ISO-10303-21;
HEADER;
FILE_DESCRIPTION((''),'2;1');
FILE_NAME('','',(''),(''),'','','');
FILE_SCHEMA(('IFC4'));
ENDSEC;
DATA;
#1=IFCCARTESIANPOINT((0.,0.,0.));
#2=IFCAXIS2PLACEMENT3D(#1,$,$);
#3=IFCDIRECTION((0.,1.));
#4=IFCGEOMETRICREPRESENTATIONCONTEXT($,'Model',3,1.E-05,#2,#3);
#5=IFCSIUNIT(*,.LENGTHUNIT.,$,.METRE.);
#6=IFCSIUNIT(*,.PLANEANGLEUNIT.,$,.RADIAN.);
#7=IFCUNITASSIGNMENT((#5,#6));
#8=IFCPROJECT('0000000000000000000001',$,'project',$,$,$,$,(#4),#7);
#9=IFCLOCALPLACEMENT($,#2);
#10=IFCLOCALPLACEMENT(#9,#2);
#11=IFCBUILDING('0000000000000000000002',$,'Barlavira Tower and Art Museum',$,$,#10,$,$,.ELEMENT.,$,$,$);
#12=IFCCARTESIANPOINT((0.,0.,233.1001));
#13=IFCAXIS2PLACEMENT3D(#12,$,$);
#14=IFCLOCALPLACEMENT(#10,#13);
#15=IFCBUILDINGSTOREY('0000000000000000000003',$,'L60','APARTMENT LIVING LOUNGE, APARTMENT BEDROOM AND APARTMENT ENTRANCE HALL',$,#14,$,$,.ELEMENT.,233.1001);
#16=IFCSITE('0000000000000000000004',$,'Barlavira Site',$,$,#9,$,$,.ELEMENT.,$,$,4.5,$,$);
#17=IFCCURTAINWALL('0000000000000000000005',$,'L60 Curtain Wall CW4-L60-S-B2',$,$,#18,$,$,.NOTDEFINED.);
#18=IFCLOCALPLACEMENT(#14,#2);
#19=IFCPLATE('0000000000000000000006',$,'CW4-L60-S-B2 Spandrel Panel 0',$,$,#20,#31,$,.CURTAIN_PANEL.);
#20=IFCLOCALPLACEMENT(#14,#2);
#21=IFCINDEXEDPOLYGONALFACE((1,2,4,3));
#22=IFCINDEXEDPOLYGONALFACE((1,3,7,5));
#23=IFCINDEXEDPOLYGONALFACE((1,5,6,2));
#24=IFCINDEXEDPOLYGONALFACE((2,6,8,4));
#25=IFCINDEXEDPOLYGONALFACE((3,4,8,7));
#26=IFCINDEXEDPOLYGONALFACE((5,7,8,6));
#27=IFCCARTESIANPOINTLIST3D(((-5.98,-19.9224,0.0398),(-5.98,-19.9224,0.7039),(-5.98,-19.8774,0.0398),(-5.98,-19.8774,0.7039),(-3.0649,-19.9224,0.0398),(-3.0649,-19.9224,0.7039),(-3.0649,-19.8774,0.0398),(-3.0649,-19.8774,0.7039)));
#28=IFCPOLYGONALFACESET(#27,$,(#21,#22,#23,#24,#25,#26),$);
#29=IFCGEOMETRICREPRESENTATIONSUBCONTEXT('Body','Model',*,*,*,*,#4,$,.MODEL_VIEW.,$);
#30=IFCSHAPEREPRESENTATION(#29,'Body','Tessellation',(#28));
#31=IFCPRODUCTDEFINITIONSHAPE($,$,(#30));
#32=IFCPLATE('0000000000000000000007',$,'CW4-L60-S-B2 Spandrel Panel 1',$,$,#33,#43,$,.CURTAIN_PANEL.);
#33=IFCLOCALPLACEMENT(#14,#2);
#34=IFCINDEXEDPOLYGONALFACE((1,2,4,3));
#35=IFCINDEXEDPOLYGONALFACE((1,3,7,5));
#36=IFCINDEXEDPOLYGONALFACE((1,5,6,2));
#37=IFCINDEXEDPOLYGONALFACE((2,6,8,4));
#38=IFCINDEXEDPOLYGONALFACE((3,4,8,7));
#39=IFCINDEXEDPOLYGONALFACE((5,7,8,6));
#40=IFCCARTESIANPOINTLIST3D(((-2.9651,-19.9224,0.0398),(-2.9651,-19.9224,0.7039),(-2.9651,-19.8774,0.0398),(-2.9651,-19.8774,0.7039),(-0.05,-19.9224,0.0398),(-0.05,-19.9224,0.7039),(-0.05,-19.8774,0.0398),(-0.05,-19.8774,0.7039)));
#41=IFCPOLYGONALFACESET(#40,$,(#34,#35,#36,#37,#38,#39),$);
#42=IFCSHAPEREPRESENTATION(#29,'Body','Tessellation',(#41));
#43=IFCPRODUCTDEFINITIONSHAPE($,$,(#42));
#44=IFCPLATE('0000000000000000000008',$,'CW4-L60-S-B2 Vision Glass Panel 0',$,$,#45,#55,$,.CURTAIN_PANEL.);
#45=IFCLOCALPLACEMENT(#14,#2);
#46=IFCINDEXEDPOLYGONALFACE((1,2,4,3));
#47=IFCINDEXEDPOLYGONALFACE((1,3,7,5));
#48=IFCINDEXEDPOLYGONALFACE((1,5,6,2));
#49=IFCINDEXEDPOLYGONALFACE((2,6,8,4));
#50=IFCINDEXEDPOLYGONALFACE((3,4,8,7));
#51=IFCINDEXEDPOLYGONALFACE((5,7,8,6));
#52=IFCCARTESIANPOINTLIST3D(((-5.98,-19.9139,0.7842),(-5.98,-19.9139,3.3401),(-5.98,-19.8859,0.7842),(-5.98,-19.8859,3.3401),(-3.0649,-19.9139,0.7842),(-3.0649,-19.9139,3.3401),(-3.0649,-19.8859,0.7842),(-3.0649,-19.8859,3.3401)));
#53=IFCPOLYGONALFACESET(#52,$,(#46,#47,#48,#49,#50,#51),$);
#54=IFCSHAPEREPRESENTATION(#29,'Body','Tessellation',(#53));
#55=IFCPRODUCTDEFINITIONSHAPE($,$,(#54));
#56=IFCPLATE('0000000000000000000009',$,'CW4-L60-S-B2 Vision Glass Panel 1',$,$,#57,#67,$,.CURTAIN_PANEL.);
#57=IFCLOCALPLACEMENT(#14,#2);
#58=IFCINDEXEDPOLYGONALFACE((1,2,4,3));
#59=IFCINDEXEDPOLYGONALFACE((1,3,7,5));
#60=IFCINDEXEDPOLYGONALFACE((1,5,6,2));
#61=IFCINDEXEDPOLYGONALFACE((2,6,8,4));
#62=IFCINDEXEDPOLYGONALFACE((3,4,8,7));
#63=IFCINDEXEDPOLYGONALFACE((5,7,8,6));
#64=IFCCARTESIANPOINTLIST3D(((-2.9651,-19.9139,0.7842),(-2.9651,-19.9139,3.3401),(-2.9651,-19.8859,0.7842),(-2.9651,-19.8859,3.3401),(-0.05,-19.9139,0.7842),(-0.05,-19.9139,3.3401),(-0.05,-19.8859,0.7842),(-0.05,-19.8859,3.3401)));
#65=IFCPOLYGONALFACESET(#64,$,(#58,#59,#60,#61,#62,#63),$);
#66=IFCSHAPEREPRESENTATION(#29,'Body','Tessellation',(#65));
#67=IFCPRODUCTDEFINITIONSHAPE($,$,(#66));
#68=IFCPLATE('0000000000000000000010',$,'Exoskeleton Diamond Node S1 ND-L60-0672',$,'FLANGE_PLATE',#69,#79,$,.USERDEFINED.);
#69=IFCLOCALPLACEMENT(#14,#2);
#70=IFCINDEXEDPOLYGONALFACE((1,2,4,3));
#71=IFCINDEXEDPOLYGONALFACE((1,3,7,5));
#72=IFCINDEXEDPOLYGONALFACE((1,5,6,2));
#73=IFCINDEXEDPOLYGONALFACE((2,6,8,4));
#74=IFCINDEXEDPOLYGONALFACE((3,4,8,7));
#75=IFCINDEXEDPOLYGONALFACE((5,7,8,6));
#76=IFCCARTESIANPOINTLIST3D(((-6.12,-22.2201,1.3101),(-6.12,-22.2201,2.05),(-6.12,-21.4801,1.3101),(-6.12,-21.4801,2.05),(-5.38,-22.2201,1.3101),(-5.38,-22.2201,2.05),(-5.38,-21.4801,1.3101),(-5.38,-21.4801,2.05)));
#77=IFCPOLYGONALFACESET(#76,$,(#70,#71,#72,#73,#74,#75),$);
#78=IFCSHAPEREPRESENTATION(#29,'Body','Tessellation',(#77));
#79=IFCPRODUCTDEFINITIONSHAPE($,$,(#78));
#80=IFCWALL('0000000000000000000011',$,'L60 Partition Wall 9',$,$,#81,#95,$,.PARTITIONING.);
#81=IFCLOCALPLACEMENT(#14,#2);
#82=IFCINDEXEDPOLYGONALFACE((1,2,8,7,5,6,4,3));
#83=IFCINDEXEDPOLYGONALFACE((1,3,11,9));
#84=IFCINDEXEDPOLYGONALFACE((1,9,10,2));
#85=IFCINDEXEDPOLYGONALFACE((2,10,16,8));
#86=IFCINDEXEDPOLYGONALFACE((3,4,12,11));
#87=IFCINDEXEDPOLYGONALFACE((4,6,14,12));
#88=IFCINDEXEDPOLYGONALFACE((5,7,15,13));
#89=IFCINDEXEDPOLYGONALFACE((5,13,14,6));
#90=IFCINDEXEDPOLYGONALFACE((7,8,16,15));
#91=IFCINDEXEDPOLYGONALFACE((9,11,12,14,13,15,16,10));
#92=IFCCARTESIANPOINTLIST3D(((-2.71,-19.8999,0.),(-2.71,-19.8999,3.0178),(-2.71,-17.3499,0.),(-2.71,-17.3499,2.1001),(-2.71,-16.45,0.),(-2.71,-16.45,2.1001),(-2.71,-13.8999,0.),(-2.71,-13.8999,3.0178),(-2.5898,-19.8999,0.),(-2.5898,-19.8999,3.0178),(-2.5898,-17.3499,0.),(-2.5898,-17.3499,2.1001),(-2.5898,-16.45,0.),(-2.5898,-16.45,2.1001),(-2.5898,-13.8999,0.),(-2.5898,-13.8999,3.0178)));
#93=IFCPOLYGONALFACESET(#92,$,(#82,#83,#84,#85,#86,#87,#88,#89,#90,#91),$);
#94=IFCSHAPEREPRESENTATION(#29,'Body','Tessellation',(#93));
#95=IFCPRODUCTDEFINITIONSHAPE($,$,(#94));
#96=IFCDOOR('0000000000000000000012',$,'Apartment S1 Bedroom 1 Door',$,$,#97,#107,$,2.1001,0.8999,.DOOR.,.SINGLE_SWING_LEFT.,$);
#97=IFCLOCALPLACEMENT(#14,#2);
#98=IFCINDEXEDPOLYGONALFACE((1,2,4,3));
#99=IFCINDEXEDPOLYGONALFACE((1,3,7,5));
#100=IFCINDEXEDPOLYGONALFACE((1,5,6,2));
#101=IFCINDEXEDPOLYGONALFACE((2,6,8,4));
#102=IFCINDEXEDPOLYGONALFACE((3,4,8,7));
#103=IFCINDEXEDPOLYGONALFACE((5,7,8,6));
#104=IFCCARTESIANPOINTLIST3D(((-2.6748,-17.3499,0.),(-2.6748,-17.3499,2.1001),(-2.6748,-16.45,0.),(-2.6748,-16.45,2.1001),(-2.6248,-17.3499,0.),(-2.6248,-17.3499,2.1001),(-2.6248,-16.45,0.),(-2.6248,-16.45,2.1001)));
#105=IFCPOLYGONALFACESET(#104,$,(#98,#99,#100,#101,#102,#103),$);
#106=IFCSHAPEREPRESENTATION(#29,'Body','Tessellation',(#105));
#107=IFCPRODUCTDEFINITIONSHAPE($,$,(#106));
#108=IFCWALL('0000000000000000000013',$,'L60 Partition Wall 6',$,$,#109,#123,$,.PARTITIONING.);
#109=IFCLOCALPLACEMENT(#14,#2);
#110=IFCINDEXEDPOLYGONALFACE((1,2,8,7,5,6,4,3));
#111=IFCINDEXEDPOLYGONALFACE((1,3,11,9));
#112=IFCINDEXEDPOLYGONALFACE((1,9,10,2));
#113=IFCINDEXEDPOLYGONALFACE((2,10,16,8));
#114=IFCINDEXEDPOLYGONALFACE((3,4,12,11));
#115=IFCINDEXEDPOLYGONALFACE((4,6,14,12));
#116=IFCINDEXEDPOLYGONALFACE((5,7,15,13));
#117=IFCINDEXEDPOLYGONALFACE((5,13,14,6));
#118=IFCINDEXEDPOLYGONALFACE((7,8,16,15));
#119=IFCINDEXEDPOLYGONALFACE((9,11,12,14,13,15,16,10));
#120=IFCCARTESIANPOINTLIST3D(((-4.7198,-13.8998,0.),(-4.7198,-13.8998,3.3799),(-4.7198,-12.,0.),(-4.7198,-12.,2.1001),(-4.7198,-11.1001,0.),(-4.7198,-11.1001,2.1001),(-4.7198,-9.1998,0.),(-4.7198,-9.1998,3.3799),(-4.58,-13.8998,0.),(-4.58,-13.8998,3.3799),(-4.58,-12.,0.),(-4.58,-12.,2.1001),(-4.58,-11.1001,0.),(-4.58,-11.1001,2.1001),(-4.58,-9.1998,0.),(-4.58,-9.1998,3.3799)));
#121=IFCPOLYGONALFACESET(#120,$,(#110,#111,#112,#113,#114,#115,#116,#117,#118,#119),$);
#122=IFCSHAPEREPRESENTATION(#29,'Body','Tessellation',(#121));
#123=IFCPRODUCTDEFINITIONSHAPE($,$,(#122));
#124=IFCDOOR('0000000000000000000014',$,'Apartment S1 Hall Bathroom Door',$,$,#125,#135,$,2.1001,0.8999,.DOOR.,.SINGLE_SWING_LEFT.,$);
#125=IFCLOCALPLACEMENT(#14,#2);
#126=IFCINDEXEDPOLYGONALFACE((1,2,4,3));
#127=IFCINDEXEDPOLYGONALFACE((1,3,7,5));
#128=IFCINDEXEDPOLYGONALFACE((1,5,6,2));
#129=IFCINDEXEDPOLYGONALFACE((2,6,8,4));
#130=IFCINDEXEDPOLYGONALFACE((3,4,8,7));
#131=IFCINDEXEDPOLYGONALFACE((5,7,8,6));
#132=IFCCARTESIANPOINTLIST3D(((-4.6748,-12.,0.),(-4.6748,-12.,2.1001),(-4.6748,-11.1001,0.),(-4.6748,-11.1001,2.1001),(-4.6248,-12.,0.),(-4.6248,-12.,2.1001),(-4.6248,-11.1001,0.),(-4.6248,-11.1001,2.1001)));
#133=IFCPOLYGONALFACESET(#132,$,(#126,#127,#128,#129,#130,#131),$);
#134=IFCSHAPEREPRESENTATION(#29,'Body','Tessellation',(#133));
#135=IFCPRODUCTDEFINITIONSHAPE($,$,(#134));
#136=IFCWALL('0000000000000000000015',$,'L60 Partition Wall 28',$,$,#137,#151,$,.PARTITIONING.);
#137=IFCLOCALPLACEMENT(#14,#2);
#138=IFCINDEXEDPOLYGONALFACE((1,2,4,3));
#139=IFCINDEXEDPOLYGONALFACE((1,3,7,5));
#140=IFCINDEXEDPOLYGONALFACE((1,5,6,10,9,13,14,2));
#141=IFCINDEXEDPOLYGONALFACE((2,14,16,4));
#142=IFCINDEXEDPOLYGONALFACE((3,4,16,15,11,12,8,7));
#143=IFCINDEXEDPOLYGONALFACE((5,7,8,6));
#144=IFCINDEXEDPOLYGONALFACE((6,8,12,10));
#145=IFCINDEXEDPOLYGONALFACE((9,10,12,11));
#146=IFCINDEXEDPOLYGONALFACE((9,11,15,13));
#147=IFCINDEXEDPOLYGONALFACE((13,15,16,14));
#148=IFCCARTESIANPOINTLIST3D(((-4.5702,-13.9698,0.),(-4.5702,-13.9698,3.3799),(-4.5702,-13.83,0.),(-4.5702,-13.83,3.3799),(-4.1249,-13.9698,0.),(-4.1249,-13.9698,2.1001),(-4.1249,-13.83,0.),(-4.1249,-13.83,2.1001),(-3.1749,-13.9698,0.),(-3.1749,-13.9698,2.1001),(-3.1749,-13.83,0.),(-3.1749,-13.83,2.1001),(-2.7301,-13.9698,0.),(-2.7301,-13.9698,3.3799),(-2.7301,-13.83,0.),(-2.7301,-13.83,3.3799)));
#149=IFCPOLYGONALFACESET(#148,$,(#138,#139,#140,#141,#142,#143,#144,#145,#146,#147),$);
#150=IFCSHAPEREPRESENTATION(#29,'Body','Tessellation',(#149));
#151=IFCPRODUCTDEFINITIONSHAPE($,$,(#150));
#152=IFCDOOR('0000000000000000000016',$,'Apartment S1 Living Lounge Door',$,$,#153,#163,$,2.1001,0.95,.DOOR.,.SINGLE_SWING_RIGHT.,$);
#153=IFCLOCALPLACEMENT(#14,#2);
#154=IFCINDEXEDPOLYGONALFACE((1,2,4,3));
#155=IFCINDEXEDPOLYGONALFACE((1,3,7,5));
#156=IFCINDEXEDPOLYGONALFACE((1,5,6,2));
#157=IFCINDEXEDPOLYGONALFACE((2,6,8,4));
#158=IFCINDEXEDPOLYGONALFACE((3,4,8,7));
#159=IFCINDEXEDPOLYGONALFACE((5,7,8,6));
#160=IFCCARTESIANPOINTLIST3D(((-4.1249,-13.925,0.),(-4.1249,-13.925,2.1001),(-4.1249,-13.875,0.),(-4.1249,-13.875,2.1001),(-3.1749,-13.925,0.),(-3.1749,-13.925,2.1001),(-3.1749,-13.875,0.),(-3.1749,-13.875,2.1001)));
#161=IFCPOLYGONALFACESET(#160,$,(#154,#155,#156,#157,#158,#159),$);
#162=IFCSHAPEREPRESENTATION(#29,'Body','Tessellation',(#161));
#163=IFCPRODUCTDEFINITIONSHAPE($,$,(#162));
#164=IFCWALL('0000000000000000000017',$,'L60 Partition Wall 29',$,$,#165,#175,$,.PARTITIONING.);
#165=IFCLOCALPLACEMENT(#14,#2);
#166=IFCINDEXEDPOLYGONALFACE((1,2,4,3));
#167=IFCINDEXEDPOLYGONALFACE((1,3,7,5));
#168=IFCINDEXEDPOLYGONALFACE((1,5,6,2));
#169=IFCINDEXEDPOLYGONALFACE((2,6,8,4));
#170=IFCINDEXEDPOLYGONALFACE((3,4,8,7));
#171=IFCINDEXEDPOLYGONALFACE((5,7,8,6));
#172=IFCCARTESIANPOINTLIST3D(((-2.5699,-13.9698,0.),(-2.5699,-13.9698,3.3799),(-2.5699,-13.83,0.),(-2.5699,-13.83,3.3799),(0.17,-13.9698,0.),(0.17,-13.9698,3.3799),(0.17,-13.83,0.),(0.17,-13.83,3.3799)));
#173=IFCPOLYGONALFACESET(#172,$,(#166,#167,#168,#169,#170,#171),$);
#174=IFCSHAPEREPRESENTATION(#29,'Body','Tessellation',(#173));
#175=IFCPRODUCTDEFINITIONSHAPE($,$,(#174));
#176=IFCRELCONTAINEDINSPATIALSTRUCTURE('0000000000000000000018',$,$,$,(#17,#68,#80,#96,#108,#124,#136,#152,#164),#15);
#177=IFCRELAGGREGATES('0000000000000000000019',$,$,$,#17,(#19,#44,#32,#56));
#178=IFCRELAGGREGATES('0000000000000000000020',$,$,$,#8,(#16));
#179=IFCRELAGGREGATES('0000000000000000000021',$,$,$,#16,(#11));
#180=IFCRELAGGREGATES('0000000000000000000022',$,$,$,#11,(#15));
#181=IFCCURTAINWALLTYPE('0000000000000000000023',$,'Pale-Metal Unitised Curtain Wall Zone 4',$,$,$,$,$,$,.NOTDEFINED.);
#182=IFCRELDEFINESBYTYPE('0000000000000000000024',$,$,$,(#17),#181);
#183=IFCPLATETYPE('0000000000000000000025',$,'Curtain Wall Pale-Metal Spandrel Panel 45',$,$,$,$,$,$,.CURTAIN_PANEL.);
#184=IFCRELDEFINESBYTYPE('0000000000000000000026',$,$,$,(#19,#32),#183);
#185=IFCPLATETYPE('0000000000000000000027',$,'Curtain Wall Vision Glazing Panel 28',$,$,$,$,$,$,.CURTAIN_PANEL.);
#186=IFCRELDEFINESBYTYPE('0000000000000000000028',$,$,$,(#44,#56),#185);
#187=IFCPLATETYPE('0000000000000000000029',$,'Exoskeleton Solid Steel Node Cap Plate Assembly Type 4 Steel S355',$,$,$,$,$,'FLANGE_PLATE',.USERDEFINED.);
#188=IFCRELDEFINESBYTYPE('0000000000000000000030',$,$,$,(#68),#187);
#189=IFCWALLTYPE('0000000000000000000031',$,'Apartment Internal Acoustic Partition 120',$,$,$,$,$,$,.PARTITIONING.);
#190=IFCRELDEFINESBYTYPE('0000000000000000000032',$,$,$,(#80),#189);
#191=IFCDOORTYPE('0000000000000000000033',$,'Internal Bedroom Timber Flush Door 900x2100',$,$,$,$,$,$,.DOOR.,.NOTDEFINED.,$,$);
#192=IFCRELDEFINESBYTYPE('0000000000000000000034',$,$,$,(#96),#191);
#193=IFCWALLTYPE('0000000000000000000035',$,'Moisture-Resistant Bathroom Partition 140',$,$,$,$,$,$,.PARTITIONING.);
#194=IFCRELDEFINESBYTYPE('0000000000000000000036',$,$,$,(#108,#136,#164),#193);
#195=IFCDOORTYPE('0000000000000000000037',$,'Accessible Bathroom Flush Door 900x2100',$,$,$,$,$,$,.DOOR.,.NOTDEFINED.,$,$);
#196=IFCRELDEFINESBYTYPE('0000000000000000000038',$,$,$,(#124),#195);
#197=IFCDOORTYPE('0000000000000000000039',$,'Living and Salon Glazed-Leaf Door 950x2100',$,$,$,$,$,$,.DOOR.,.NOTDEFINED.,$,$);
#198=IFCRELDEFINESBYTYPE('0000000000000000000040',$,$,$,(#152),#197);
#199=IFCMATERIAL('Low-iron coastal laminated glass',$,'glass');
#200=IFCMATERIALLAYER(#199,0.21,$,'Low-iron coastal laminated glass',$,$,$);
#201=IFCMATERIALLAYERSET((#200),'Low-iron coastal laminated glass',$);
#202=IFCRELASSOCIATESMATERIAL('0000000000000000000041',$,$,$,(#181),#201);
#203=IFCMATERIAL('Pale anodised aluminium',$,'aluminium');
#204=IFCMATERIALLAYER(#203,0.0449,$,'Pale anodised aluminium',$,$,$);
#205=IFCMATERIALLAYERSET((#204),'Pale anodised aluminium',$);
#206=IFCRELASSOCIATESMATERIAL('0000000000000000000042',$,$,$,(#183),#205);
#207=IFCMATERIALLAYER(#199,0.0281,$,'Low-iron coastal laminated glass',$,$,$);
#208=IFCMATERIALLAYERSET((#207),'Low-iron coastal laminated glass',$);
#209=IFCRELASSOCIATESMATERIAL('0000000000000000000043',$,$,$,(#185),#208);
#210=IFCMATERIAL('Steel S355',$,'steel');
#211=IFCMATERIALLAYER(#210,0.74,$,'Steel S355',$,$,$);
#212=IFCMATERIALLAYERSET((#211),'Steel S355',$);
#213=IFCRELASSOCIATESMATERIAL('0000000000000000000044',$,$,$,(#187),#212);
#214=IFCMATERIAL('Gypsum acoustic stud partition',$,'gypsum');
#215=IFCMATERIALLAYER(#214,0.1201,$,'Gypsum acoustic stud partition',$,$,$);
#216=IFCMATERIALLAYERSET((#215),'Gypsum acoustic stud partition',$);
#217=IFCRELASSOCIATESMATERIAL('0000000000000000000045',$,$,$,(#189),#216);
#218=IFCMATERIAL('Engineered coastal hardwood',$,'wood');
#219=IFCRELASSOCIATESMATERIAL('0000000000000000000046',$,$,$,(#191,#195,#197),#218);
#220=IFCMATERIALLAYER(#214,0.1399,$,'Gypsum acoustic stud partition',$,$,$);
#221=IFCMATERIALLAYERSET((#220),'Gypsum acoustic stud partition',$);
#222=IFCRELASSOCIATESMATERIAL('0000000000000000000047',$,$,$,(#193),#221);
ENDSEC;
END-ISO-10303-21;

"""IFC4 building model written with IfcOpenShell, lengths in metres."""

from ifc_helpers import new_model, si_unit, direction, frame, frame_2d, origin, origin_2d, place, context, subcontext, project, spatial, rectangle, extrude, material, layer, layer_set, type_object, element, fill, aggregate, save


model = new_model("IFC4")

# Units and contexts
model_context = context("Model", 3, precision=1e-05, world=origin(), true_north=direction((0.0, 1.0)))
body_context = subcontext(model_context, "Body", "Model", "MODEL_VIEW")
ifc_project = project(units=[si_unit("LENGTHUNIT", "METRE"), si_unit("PLANEANGLEUNIT", "RADIAN")], contexts=[model_context])

# Site, building, storey
site_placement = place(None, origin())
site = spatial("IfcSite", under=ifc_project, at=site_placement, Name="Barlavira Site", CompositionType="ELEMENT", RefElevation=4.5)
building_placement = place(site_placement, origin())
building = spatial("IfcBuilding", under=site, at=building_placement, Name="Barlavira Tower and Art Museum", CompositionType="ELEMENT")
storey_placement = place(building_placement, frame((0.0, 0.0, 233.1001)))
storey = spatial("IfcBuildingStorey", under=building, at=storey_placement, Name="L60", Description="APARTMENT LIVING LOUNGE, APARTMENT BEDROOM AND APARTMENT ENTRANCE HALL", CompositionType="ELEMENT", Elevation=233.1001)

# Curtain wall, plates
ifc_material_1 = material(Name="Low-iron coastal laminated glass", Category="glass")
ifc_layer_1 = layer(ifc_material_1, 0.21, Name="Low-iron coastal laminated glass")
ifc_layer_set_1 = layer_set([ifc_layer_1], Name="Low-iron coastal laminated glass")
curtain_wall_type = type_object("IfcCurtainWallType", Name="Pale-Metal Unitised Curtain Wall Zone 4", PredefinedType="NOTDEFINED", material=ifc_layer_set_1)
curtain_wall_placement = place(storey_placement, origin())
curtain_wall = element("IfcCurtainWall", 1, at=curtain_wall_placement, inside=storey, type_object=curtain_wall_type, Name="L60 Curtain Wall CW4-L60-S-B2", PredefinedType="NOTDEFINED")
ifc_material_2 = material(Name="Pale anodised aluminium", Category="aluminium")
ifc_layer_2 = layer(ifc_material_2, 0.0449, Name="Pale anodised aluminium")
ifc_layer_set_2 = layer_set([ifc_layer_2], Name="Pale anodised aluminium")
plate_type_1 = type_object("IfcPlateType", Name="Curtain Wall Pale-Metal Spandrel Panel 45", PredefinedType="CURTAIN_PANEL", material=ifc_layer_set_2)
plate_1_placement = place(storey_placement, frame((-4.5225, -19.8999, 0.0398), z_axis=(0.0, 0.0, 1.0), x_axis=(1.0, 0.0, 0.0)))
plate_1 = element("IfcPlate", 2, at=plate_1_placement, type_object=plate_type_1, Name="CW4-L60-S-B2 Spandrel Panel 0", PredefinedType="CURTAIN_PANEL", context=body_context, shape_type="SweptSolid", body=[
    extrude(rectangle(XDim=2.915, YDim=0.0449, at=origin_2d()), origin(), (0.0, 0.0, 1.0), 0.6641),
])
plate_2_placement = place(storey_placement, frame((-1.5076, -19.8999, 0.0398), z_axis=(0.0, 0.0, 1.0), x_axis=(1.0, 0.0, 0.0)))
plate_2 = element("IfcPlate", 3, at=plate_2_placement, type_object=plate_type_1, Name="CW4-L60-S-B2 Spandrel Panel 1", PredefinedType="CURTAIN_PANEL", context=body_context, shape_type="SweptSolid", body=[
    extrude(rectangle(XDim=2.915, YDim=0.0449, at=origin_2d()), origin(), (0.0, 0.0, 1.0), 0.6641),
])
ifc_layer_3 = layer(ifc_material_1, 0.0281, Name="Low-iron coastal laminated glass")
ifc_layer_set_3 = layer_set([ifc_layer_3], Name="Low-iron coastal laminated glass")
plate_type_2 = type_object("IfcPlateType", Name="Curtain Wall Vision Glazing Panel 28", PredefinedType="CURTAIN_PANEL", material=ifc_layer_set_3)
plate_3_placement = place(storey_placement, frame((-4.5225, -19.8999, 0.7842), z_axis=(0.0, 0.0, 1.0), x_axis=(1.0, 0.0, 0.0)))
plate_3 = element("IfcPlate", 4, at=plate_3_placement, type_object=plate_type_2, Name="CW4-L60-S-B2 Vision Glass Panel 0", PredefinedType="CURTAIN_PANEL", context=body_context, shape_type="SweptSolid", body=[
    extrude(rectangle(XDim=2.915, YDim=0.0281, at=origin_2d()), origin(), (0.0, 0.0, 1.0), 2.5559),
])
plate_4_placement = place(storey_placement, frame((-1.5076, -19.8999, 0.7842), z_axis=(0.0, 0.0, 1.0), x_axis=(1.0, 0.0, 0.0)))
plate_4 = element("IfcPlate", 5, at=plate_4_placement, type_object=plate_type_2, Name="CW4-L60-S-B2 Vision Glass Panel 1", PredefinedType="CURTAIN_PANEL", context=body_context, shape_type="SweptSolid", body=[
    extrude(rectangle(XDim=2.915, YDim=0.0281, at=origin_2d()), origin(), (0.0, 0.0, 1.0), 2.5559),
])
aggregate(curtain_wall, [plate_1, plate_3, plate_2, plate_4])

# Plate
ifc_material_3 = material(Name="Steel S355", Category="steel")
ifc_layer_4 = layer(ifc_material_3, 0.74, Name="Steel S355")
ifc_layer_set_4 = layer_set([ifc_layer_4], Name="Steel S355")
plate_type_3 = type_object("IfcPlateType", Name="Exoskeleton Solid Steel Node Cap Plate Assembly Type 4 Steel S355", ElementType="FLANGE_PLATE", PredefinedType="USERDEFINED", material=ifc_layer_set_4)
plate_5_placement = place(storey_placement, frame((-5.75, -21.8501, 1.3101), z_axis=(0.0, 0.0, 1.0), x_axis=(1.0, 0.0, 0.0)))
element("IfcPlate", 6, at=plate_5_placement, inside=storey, type_object=plate_type_3, Name="Exoskeleton Diamond Node S1 ND-L60-0672", ObjectType="FLANGE_PLATE", PredefinedType="USERDEFINED", context=body_context, shape_type="SweptSolid", body=[
    extrude(rectangle(XDim=0.74, YDim=0.74, at=origin_2d()), origin(), (0.0, 0.0, 1.0), 0.74),
])

# Walls, openings, doors
ifc_material_4 = material(Name="Gypsum acoustic stud partition", Category="gypsum")
ifc_layer_5 = layer(ifc_material_4, 0.1201, Name="Gypsum acoustic stud partition")
ifc_layer_set_5 = layer_set([ifc_layer_5], Name="Gypsum acoustic stud partition")
wall_type_1 = type_object("IfcWallType", Name="Apartment Internal Acoustic Partition 120", PredefinedType="PARTITIONING", material=ifc_layer_set_5)
wall_1_placement = place(storey_placement, frame((-2.6499, -19.8999, 0.0), z_axis=(0.0, 0.0, 1.0), x_axis=(0.0, 1.0, 0.0)))
wall_1 = element("IfcWall", 7, at=wall_1_placement, inside=storey, type_object=wall_type_1, Name="L60 Partition Wall 9", PredefinedType="PARTITIONING", context=body_context, shape_type="SweptSolid", body=[
    extrude(rectangle(XDim=6.0, YDim=0.1201, at=frame_2d((3.0, 0.0))), origin(), (0.0, 0.0, 1.0), 3.0178),
])
opening_1_placement = place(wall_1_placement, frame((2.55, 0.0, 0.0)))
opening_1 = element("IfcOpeningElement", 8, at=opening_1_placement, cuts=wall_1, PredefinedType="OPENING", context=body_context, shape_type="SweptSolid", body=[
    extrude(rectangle(XDim=0.8999, YDim=2.1001, at=frame_2d((0.45, 1.05))), frame((0.0, 0.0701, 0.0), z_axis=(0.0, -1.0, 0.0), x_axis=(1.0, 0.0, 0.0)), (0.0, 0.0, 1.0), 0.1401),
])
ifc_material_5 = material(Name="Engineered coastal hardwood", Category="wood")
door_type_1 = type_object("IfcDoorType", Name="Internal Bedroom Timber Flush Door 900x2100", OperationType="NOTDEFINED", PredefinedType="DOOR", material=ifc_material_5)
door_1_placement = place(opening_1_placement, origin())
door_1 = element("IfcDoor", 9, at=door_1_placement, inside=storey, type_object=door_type_1, Name="Apartment S1 Bedroom 1 Door", OperationType="SINGLE_SWING_LEFT", OverallHeight=2.1001, OverallWidth=0.8999, PredefinedType="DOOR", context=body_context, shape_type="SweptSolid", body=[
    extrude(rectangle(XDim=0.8999, YDim=2.1001, at=frame_2d((0.45, 1.05))), frame((0.0, 0.0249, 0.0), z_axis=(0.0, -1.0, 0.0), x_axis=(1.0, 0.0, 0.0)), (0.0, 0.0, 1.0), 0.05),
])
fill(opening_1, door_1)
ifc_layer_6 = layer(ifc_material_4, 0.1399, Name="Gypsum acoustic stud partition")
ifc_layer_set_6 = layer_set([ifc_layer_6], Name="Gypsum acoustic stud partition")
wall_type_2 = type_object("IfcWallType", Name="Moisture-Resistant Bathroom Partition 140", PredefinedType="PARTITIONING", material=ifc_layer_set_6)
wall_2_placement = place(storey_placement, frame((-4.6499, -13.8999, 0.0), z_axis=(0.0, 0.0, 1.0), x_axis=(0.0, 1.0, 0.0)))
wall_2 = element("IfcWall", 10, at=wall_2_placement, inside=storey, type_object=wall_type_2, Name="L60 Partition Wall 6", PredefinedType="PARTITIONING", context=body_context, shape_type="SweptSolid", body=[
    extrude(rectangle(XDim=4.7, YDim=0.1399, at=frame_2d((2.3501, 0.0))), origin(), (0.0, 0.0, 1.0), 3.3799),
])
opening_2_placement = place(wall_2_placement, frame((1.8999, 0.0, 0.0)))
opening_2 = element("IfcOpeningElement", 11, at=opening_2_placement, cuts=wall_2, PredefinedType="OPENING", context=body_context, shape_type="SweptSolid", body=[
    extrude(rectangle(XDim=0.8999, YDim=2.1001, at=frame_2d((0.45, 1.05))), frame((0.0, 0.0801, 0.0), z_axis=(0.0, -1.0, 0.0), x_axis=(1.0, 0.0, 0.0)), (0.0, 0.0, 1.0), 0.1599),
])
door_type_2 = type_object("IfcDoorType", Name="Accessible Bathroom Flush Door 900x2100", OperationType="NOTDEFINED", PredefinedType="DOOR", material=ifc_material_5)
door_2_placement = place(opening_2_placement, origin())
door_2 = element("IfcDoor", 12, at=door_2_placement, inside=storey, type_object=door_type_2, Name="Apartment S1 Hall Bathroom Door", OperationType="SINGLE_SWING_LEFT", OverallHeight=2.1001, OverallWidth=0.8999, PredefinedType="DOOR", context=body_context, shape_type="SweptSolid", body=[
    extrude(rectangle(XDim=0.8999, YDim=2.1001, at=frame_2d((0.45, 1.05))), frame((0.0, 0.0249, 0.0), z_axis=(0.0, -1.0, 0.0), x_axis=(1.0, 0.0, 0.0)), (0.0, 0.0, 1.0), 0.05),
])
fill(opening_2, door_2)
wall_3_placement = place(storey_placement, frame((-4.5701, -13.8999, 0.0), z_axis=(0.0, 0.0, 1.0), x_axis=(1.0, 0.0, 0.0)))
wall_3 = element("IfcWall", 13, at=wall_3_placement, inside=storey, type_object=wall_type_2, Name="L60 Partition Wall 28", PredefinedType="PARTITIONING", context=body_context, shape_type="SweptSolid", body=[
    extrude(rectangle(XDim=1.8401, YDim=0.1399, at=frame_2d((0.9199, 0.0))), origin(), (0.0, 0.0, 1.0), 3.3799),
])
opening_3_placement = place(wall_3_placement, frame((0.4451, 0.0, 0.0)))
opening_3 = element("IfcOpeningElement", 14, at=opening_3_placement, cuts=wall_3, PredefinedType="OPENING", context=body_context, shape_type="SweptSolid", body=[
    extrude(rectangle(XDim=0.95, YDim=2.1001, at=frame_2d((0.4751, 1.05))), frame((0.0, 0.0801, 0.0), z_axis=(0.0, -1.0, 0.0), x_axis=(1.0, 0.0, 0.0)), (0.0, 0.0, 1.0), 0.1599),
])
door_type_3 = type_object("IfcDoorType", Name="Living and Salon Glazed-Leaf Door 950x2100", OperationType="NOTDEFINED", PredefinedType="DOOR", material=ifc_material_5)
door_3_placement = place(opening_3_placement, origin())
door_3 = element("IfcDoor", 15, at=door_3_placement, inside=storey, type_object=door_type_3, Name="Apartment S1 Living Lounge Door", OperationType="SINGLE_SWING_RIGHT", OverallHeight=2.1001, OverallWidth=0.95, PredefinedType="DOOR", context=body_context, shape_type="SweptSolid", body=[
    extrude(rectangle(XDim=0.95, YDim=2.1001, at=frame_2d((0.4751, 1.05))), frame((0.0, 0.0249, 0.0), z_axis=(0.0, -1.0, 0.0), x_axis=(1.0, 0.0, 0.0)), (0.0, 0.0, 1.0), 0.05),
])
fill(opening_3, door_3)

# Wall
wall_4_placement = place(storey_placement, frame((-2.5701, -13.8999, 0.0), z_axis=(0.0, 0.0, 1.0), x_axis=(1.0, 0.0, 0.0)))
element("IfcWall", 16, at=wall_4_placement, inside=storey, type_object=wall_type_2, Name="L60 Partition Wall 29", PredefinedType="PARTITIONING", context=body_context, shape_type="SweptSolid", body=[
    extrude(rectangle(XDim=2.74, YDim=0.1399, at=frame_2d((1.3701, 0.0))), origin(), (0.0, 0.0, 1.0), 3.3799),
])

save(model, "model.ifc")
